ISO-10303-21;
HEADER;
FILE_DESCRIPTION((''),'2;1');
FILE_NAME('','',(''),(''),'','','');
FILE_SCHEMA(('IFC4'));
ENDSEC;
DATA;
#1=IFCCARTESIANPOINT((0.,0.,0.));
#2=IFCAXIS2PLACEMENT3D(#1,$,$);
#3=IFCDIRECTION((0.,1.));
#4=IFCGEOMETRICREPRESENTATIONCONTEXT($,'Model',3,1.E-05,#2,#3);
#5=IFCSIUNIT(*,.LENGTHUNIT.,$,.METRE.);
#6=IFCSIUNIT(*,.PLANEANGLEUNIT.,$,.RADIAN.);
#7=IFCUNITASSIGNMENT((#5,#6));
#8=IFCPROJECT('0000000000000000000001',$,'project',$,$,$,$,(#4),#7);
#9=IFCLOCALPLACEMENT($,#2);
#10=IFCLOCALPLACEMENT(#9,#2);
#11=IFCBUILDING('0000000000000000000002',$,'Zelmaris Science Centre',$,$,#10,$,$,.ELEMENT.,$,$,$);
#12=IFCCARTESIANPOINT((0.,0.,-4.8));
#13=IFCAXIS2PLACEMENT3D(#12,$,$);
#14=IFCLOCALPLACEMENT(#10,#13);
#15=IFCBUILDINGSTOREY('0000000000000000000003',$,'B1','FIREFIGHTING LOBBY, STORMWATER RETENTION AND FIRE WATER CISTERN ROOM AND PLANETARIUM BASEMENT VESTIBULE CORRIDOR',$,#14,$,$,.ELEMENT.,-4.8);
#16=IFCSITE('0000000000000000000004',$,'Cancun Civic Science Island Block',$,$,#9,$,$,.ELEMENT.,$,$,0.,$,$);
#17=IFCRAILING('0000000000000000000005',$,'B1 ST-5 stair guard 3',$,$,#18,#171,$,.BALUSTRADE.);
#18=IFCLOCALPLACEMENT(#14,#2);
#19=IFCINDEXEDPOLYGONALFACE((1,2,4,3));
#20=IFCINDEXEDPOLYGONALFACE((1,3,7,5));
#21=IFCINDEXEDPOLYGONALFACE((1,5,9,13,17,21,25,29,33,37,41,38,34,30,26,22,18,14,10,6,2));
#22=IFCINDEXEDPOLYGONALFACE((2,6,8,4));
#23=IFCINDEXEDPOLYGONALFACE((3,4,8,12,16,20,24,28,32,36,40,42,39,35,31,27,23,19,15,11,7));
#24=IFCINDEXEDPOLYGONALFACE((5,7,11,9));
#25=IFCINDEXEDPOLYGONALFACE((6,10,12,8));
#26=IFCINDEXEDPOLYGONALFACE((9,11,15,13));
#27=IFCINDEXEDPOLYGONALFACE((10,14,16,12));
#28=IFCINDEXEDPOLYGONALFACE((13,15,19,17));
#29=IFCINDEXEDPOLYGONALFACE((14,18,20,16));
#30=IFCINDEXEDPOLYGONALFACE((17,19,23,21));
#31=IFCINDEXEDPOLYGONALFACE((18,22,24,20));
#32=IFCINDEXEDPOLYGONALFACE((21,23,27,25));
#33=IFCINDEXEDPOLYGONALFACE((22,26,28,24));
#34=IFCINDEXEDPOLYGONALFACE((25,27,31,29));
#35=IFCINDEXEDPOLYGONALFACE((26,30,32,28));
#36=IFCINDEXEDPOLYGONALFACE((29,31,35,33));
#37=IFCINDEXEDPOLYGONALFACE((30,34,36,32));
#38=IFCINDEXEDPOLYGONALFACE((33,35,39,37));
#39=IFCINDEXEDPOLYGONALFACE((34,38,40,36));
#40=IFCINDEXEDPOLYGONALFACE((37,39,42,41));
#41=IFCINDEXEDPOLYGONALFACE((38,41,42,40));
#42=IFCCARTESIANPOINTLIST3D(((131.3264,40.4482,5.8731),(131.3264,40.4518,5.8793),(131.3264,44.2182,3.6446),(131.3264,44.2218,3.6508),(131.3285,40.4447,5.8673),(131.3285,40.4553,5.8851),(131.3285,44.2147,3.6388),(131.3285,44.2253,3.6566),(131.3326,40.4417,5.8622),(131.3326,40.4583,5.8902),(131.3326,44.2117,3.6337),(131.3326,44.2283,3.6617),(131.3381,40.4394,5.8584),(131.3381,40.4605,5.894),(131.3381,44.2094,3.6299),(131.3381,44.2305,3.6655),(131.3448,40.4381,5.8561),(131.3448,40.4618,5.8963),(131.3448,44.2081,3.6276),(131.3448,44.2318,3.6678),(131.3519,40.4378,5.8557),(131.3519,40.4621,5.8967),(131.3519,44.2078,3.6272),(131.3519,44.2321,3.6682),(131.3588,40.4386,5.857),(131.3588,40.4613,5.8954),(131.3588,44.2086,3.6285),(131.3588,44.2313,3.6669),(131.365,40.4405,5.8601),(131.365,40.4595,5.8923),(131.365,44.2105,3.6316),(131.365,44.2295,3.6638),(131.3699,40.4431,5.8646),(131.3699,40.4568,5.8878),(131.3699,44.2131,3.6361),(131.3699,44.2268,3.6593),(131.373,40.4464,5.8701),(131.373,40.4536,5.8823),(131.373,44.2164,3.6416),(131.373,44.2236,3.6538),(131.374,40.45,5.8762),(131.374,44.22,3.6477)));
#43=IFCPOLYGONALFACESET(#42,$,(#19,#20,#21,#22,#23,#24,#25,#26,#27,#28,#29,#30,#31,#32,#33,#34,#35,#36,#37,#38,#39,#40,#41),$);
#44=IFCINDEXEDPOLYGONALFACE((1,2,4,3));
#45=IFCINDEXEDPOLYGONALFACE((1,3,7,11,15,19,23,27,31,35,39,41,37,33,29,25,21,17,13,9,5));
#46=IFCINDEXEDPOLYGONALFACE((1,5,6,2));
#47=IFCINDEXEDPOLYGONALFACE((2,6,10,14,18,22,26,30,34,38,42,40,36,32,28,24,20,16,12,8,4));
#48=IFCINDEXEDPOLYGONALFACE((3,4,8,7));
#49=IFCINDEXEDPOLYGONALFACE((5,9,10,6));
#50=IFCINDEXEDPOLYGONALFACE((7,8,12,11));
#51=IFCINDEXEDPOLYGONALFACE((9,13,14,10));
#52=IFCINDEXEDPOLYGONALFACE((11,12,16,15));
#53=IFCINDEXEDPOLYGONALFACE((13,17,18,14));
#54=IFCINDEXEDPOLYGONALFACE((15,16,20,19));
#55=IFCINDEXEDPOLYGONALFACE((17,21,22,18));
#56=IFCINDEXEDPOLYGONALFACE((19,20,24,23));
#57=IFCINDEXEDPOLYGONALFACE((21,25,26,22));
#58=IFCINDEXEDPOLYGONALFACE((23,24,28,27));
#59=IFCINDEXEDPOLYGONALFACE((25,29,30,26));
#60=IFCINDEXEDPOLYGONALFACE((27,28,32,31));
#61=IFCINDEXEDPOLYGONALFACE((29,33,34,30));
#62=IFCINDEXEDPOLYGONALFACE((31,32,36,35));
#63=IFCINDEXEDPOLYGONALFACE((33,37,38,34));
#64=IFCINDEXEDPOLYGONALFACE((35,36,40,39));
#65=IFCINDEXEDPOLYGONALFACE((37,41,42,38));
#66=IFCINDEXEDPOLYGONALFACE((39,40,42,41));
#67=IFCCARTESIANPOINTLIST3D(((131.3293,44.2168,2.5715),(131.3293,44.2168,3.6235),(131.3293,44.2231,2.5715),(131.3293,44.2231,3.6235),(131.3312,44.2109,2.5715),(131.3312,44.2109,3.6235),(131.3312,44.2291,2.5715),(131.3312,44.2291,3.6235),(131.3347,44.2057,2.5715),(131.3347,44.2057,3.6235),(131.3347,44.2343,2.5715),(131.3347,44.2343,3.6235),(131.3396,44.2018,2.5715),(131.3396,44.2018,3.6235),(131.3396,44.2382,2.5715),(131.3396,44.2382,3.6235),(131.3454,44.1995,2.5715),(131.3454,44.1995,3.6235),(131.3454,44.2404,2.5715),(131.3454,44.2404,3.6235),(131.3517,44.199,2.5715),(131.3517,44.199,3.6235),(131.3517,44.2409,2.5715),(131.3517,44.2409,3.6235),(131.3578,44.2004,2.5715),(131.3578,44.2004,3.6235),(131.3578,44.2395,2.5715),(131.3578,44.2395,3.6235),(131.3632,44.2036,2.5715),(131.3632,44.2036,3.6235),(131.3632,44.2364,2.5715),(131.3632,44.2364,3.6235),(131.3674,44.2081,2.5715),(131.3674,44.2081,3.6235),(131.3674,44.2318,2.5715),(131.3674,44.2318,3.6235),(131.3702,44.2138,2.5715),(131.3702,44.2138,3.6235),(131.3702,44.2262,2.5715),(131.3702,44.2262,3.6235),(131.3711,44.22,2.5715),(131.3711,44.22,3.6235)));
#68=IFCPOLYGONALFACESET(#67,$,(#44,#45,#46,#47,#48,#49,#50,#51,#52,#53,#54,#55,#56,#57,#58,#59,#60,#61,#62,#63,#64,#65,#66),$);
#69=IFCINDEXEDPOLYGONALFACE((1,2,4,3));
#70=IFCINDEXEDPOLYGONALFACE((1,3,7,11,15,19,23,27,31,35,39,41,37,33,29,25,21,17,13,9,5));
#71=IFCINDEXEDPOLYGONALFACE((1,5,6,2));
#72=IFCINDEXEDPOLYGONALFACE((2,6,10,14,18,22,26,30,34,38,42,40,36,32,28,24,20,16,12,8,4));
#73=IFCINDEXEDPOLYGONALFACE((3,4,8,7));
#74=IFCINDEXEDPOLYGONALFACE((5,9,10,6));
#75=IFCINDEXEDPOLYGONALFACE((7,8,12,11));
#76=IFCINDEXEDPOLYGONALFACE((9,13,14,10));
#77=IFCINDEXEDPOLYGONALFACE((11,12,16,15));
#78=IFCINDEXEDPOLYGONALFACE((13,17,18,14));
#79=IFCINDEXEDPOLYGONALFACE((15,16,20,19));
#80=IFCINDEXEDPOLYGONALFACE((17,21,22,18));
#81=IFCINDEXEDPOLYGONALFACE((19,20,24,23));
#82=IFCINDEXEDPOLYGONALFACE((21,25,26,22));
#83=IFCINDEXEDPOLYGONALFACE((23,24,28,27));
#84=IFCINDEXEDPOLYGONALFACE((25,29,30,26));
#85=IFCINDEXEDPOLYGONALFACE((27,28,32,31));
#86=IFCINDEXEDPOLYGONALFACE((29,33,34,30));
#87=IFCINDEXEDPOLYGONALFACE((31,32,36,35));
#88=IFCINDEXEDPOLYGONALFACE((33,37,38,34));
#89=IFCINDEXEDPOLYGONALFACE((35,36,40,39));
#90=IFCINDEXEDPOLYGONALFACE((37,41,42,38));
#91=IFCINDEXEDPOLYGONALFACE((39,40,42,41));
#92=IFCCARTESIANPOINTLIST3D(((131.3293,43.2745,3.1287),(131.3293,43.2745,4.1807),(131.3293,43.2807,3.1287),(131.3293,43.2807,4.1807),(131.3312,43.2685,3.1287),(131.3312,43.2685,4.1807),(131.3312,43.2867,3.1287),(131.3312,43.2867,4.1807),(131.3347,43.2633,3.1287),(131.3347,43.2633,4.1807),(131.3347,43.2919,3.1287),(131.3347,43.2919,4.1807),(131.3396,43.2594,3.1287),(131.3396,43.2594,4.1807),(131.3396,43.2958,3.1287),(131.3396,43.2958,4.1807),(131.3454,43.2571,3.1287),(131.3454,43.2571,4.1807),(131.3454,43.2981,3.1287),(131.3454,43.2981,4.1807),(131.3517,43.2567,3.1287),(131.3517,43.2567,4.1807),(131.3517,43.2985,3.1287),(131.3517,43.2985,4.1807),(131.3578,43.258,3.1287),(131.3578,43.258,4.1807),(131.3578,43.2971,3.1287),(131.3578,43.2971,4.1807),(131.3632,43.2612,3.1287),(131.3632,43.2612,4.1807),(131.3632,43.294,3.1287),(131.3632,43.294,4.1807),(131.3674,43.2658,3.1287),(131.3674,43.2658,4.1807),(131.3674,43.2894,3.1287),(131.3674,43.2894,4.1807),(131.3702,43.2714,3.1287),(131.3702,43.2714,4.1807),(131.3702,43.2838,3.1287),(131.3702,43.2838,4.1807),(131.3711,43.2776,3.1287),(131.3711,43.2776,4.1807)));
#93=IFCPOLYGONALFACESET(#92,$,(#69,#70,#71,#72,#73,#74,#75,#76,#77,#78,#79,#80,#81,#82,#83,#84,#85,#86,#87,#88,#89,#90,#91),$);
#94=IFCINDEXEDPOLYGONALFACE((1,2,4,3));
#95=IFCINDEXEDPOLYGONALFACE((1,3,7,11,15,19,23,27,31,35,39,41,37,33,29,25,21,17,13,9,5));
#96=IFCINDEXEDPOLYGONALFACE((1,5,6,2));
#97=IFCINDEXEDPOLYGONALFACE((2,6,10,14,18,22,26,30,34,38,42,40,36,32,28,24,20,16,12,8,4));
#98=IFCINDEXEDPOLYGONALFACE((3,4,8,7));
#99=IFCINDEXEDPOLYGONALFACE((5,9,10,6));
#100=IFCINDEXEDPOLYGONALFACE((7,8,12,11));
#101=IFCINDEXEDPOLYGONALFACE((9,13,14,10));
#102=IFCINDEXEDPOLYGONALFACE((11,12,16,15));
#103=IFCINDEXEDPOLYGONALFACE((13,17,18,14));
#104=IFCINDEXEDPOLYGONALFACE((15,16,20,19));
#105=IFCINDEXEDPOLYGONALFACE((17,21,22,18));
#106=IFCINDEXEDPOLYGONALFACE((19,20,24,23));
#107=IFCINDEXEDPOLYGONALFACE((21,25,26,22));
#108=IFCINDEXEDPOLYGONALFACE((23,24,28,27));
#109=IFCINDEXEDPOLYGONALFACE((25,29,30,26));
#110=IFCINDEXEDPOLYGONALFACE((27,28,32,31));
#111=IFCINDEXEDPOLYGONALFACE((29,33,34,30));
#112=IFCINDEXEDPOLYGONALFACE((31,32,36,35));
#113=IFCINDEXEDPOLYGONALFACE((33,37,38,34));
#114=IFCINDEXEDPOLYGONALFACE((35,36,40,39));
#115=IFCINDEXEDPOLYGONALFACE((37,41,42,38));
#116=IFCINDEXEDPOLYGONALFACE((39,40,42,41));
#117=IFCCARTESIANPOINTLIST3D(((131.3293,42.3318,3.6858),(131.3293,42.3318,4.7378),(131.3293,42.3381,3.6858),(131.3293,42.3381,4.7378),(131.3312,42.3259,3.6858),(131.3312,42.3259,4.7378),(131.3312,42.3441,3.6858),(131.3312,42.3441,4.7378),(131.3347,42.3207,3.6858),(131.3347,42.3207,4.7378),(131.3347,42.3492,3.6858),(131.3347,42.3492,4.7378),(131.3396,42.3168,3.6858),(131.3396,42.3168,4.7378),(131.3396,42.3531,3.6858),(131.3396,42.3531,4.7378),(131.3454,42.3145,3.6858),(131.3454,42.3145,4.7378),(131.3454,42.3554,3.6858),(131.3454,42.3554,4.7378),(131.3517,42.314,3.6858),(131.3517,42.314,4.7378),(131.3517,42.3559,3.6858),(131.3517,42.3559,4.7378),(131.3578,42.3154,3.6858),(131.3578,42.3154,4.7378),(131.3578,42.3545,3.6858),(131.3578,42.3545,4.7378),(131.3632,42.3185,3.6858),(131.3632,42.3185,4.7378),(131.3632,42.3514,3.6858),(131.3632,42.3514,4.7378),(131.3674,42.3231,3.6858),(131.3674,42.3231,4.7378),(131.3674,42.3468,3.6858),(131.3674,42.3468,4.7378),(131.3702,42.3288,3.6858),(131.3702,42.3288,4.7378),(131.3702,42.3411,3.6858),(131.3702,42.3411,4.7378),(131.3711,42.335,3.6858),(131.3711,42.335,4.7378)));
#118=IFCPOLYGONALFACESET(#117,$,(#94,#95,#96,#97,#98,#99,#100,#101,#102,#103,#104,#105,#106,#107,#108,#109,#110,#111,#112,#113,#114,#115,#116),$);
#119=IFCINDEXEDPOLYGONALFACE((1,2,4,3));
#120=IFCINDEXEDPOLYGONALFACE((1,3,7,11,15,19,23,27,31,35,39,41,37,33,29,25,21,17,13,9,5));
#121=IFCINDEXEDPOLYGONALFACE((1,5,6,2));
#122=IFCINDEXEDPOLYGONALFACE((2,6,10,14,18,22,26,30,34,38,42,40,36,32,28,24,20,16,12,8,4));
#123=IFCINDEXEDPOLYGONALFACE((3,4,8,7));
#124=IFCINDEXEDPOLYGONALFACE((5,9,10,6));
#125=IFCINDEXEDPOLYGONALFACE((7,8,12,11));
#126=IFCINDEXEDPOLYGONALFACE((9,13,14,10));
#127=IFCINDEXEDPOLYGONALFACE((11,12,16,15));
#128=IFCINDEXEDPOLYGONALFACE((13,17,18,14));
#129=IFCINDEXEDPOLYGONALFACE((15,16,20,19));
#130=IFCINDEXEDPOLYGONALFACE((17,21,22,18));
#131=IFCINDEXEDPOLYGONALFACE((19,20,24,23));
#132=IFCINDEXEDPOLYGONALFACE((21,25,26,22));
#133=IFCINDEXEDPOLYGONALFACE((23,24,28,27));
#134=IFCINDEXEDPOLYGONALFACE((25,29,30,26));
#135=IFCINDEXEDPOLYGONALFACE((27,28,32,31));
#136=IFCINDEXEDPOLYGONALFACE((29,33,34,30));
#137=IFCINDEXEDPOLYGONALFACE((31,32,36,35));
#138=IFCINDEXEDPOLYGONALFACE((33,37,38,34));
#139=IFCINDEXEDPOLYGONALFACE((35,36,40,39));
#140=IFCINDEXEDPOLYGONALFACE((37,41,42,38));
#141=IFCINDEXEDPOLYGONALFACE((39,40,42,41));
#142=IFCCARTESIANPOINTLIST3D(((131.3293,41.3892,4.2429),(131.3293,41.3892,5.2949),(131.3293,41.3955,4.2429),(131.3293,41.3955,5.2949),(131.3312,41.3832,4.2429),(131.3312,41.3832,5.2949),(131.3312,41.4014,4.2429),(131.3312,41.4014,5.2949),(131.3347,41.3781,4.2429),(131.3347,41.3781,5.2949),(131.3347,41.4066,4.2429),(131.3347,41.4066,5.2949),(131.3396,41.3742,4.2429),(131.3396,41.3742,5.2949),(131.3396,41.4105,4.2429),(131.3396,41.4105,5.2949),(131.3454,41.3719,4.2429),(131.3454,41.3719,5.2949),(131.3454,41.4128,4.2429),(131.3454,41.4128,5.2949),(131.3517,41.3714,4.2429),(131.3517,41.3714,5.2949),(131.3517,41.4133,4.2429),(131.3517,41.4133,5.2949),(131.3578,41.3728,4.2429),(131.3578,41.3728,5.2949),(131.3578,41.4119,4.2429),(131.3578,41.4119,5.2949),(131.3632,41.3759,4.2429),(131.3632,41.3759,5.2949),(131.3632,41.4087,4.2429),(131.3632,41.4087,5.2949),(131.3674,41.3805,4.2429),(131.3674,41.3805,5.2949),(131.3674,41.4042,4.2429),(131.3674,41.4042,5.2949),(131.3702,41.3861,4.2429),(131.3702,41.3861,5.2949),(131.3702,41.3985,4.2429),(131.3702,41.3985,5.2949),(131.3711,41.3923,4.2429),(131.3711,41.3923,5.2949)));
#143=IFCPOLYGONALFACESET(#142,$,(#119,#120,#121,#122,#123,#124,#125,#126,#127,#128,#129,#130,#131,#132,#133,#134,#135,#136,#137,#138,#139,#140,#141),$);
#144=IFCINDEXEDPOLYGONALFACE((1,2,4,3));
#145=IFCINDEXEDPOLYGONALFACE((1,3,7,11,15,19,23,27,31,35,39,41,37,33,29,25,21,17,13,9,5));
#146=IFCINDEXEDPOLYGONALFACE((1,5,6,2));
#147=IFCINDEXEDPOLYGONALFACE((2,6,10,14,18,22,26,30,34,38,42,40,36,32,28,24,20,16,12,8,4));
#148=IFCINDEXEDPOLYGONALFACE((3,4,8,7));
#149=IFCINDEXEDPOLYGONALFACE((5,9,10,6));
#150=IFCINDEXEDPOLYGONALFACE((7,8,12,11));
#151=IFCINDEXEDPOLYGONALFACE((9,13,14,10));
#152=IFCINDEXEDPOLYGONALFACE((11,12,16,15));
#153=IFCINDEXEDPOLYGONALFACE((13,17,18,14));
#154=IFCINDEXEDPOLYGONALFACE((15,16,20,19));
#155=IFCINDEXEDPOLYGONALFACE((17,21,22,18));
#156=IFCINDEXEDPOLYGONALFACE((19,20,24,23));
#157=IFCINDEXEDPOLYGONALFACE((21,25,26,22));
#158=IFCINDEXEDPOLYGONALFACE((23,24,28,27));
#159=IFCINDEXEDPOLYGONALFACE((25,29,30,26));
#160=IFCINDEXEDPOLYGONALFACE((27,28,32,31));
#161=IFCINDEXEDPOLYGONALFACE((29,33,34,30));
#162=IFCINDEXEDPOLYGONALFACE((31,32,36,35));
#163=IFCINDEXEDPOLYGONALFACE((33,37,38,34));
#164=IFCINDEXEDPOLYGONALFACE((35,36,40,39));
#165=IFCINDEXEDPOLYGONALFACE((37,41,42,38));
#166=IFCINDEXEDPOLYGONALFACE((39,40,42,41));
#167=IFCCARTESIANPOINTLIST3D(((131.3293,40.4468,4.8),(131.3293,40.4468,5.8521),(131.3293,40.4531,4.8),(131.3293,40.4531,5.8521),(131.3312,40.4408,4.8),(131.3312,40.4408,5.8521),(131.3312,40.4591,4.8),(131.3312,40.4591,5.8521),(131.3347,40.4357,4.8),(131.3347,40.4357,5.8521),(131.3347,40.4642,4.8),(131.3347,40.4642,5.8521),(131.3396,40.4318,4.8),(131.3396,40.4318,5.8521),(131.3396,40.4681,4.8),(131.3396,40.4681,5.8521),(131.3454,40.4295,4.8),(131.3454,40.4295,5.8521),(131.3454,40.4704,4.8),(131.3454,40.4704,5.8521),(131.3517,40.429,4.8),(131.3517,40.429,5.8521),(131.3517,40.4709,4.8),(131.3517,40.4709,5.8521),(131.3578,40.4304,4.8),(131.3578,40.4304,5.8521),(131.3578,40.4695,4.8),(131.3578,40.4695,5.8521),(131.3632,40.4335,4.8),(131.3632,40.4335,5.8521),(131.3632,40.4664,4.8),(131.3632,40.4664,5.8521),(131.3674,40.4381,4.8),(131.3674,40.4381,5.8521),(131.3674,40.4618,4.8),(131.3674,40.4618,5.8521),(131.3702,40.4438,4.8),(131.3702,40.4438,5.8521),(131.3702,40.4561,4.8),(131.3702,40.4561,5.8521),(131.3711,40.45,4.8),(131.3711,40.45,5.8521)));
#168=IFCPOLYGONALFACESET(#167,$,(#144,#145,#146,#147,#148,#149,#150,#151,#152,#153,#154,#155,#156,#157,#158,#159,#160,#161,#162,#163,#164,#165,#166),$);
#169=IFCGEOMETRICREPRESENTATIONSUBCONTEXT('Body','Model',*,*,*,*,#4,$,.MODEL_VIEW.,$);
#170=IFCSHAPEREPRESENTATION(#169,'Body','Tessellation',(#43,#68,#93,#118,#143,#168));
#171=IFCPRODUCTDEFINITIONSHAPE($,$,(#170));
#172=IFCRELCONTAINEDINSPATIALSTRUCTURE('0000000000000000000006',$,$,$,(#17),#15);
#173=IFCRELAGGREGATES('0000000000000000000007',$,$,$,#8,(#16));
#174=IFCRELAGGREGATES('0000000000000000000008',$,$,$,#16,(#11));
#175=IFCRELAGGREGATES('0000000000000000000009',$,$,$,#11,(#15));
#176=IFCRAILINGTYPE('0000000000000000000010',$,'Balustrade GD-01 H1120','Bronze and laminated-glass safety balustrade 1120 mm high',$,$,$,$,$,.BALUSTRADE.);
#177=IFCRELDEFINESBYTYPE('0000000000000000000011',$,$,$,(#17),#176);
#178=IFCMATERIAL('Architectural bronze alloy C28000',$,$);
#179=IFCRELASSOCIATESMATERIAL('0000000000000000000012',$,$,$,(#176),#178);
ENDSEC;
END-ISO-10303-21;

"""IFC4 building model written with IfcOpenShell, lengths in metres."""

from ifc_helpers import new_model, si_unit, direction, frame, origin, origin_2d, place, context, subcontext, project, spatial, circle, extrude, material, type_object, element, save


model = new_model("IFC4")

# Units and contexts
model_context = context("Model", 3, precision=1e-05, world=origin(), true_north=direction((0.0, 1.0)))
body_context = subcontext(model_context, "Body", "Model", "MODEL_VIEW")
ifc_project = project(units=[si_unit("LENGTHUNIT", "METRE"), si_unit("PLANEANGLEUNIT", "RADIAN")], contexts=[model_context])

# Site, building, storey
site_placement = place(None, origin())
site = spatial("IfcSite", under=ifc_project, at=site_placement, Name="Cancun Civic Science Island Block", CompositionType="ELEMENT", RefElevation=0.0)
building_placement = place(site_placement, origin())
building = spatial("IfcBuilding", under=site, at=building_placement, Name="Zelmaris Science Centre", CompositionType="ELEMENT")
storey_placement = place(building_placement, frame((0.0, 0.0, -4.8)))
storey = spatial("IfcBuildingStorey", under=building, at=storey_placement, Name="B1", Description="FIREFIGHTING LOBBY, STORMWATER RETENTION AND FIRE WATER CISTERN ROOM AND PLANETARIUM BASEMENT VESTIBULE CORRIDOR", CompositionType="ELEMENT", Elevation=-4.8)

# Railing
ifc_material_1 = material(Name="Architectural bronze alloy C28000")
railing_type_1 = type_object("IfcRailingType", Name="Balustrade GD-01 H1120", Description="Bronze and laminated-glass safety balustrade 1120 mm high", PredefinedType="BALUSTRADE", material=ifc_material_1)
railing_1_placement = place(storey_placement, frame((131.3501, 44.22, 2.5715)))
element("IfcRailing", 1, at=railing_1_placement, inside=storey, type_object=railing_type_1, Name="B1 ST-5 stair guard 3", PredefinedType="BALUSTRADE", context=body_context, shape_type="SweptSolid", body=[
    extrude(circle(Radius=0.0239, at=origin_2d()), frame((0.0, 0.0, 1.0762), z_axis=(0.0, -0.860849, 0.508861), x_axis=(1.0, 0.0, 0.0)), (0.0, 0.0, 1.0), 4.3794),
    extrude(circle(Radius=0.021, at=origin_2d()), origin(), (0.0, 0.0, 1.0), 1.052),
    extrude(circle(Radius=0.021, at=origin_2d()), frame((0.0, -0.9424, 0.5571)), (0.0, 0.0, 1.0), 1.052),
    extrude(circle(Radius=0.021, at=origin_2d()), frame((0.0, -1.885, 1.1143)), (0.0, 0.0, 1.0), 1.052),
    extrude(circle(Radius=0.021, at=origin_2d()), frame((0.0, -2.8276, 1.6714)), (0.0, 0.0, 1.0), 1.052),
    extrude(circle(Radius=0.021, at=origin_2d()), frame((0.0, -3.77, 2.2285)), (0.0, 0.0, 1.0), 1.052),
])

save(model, "model.ifc")
